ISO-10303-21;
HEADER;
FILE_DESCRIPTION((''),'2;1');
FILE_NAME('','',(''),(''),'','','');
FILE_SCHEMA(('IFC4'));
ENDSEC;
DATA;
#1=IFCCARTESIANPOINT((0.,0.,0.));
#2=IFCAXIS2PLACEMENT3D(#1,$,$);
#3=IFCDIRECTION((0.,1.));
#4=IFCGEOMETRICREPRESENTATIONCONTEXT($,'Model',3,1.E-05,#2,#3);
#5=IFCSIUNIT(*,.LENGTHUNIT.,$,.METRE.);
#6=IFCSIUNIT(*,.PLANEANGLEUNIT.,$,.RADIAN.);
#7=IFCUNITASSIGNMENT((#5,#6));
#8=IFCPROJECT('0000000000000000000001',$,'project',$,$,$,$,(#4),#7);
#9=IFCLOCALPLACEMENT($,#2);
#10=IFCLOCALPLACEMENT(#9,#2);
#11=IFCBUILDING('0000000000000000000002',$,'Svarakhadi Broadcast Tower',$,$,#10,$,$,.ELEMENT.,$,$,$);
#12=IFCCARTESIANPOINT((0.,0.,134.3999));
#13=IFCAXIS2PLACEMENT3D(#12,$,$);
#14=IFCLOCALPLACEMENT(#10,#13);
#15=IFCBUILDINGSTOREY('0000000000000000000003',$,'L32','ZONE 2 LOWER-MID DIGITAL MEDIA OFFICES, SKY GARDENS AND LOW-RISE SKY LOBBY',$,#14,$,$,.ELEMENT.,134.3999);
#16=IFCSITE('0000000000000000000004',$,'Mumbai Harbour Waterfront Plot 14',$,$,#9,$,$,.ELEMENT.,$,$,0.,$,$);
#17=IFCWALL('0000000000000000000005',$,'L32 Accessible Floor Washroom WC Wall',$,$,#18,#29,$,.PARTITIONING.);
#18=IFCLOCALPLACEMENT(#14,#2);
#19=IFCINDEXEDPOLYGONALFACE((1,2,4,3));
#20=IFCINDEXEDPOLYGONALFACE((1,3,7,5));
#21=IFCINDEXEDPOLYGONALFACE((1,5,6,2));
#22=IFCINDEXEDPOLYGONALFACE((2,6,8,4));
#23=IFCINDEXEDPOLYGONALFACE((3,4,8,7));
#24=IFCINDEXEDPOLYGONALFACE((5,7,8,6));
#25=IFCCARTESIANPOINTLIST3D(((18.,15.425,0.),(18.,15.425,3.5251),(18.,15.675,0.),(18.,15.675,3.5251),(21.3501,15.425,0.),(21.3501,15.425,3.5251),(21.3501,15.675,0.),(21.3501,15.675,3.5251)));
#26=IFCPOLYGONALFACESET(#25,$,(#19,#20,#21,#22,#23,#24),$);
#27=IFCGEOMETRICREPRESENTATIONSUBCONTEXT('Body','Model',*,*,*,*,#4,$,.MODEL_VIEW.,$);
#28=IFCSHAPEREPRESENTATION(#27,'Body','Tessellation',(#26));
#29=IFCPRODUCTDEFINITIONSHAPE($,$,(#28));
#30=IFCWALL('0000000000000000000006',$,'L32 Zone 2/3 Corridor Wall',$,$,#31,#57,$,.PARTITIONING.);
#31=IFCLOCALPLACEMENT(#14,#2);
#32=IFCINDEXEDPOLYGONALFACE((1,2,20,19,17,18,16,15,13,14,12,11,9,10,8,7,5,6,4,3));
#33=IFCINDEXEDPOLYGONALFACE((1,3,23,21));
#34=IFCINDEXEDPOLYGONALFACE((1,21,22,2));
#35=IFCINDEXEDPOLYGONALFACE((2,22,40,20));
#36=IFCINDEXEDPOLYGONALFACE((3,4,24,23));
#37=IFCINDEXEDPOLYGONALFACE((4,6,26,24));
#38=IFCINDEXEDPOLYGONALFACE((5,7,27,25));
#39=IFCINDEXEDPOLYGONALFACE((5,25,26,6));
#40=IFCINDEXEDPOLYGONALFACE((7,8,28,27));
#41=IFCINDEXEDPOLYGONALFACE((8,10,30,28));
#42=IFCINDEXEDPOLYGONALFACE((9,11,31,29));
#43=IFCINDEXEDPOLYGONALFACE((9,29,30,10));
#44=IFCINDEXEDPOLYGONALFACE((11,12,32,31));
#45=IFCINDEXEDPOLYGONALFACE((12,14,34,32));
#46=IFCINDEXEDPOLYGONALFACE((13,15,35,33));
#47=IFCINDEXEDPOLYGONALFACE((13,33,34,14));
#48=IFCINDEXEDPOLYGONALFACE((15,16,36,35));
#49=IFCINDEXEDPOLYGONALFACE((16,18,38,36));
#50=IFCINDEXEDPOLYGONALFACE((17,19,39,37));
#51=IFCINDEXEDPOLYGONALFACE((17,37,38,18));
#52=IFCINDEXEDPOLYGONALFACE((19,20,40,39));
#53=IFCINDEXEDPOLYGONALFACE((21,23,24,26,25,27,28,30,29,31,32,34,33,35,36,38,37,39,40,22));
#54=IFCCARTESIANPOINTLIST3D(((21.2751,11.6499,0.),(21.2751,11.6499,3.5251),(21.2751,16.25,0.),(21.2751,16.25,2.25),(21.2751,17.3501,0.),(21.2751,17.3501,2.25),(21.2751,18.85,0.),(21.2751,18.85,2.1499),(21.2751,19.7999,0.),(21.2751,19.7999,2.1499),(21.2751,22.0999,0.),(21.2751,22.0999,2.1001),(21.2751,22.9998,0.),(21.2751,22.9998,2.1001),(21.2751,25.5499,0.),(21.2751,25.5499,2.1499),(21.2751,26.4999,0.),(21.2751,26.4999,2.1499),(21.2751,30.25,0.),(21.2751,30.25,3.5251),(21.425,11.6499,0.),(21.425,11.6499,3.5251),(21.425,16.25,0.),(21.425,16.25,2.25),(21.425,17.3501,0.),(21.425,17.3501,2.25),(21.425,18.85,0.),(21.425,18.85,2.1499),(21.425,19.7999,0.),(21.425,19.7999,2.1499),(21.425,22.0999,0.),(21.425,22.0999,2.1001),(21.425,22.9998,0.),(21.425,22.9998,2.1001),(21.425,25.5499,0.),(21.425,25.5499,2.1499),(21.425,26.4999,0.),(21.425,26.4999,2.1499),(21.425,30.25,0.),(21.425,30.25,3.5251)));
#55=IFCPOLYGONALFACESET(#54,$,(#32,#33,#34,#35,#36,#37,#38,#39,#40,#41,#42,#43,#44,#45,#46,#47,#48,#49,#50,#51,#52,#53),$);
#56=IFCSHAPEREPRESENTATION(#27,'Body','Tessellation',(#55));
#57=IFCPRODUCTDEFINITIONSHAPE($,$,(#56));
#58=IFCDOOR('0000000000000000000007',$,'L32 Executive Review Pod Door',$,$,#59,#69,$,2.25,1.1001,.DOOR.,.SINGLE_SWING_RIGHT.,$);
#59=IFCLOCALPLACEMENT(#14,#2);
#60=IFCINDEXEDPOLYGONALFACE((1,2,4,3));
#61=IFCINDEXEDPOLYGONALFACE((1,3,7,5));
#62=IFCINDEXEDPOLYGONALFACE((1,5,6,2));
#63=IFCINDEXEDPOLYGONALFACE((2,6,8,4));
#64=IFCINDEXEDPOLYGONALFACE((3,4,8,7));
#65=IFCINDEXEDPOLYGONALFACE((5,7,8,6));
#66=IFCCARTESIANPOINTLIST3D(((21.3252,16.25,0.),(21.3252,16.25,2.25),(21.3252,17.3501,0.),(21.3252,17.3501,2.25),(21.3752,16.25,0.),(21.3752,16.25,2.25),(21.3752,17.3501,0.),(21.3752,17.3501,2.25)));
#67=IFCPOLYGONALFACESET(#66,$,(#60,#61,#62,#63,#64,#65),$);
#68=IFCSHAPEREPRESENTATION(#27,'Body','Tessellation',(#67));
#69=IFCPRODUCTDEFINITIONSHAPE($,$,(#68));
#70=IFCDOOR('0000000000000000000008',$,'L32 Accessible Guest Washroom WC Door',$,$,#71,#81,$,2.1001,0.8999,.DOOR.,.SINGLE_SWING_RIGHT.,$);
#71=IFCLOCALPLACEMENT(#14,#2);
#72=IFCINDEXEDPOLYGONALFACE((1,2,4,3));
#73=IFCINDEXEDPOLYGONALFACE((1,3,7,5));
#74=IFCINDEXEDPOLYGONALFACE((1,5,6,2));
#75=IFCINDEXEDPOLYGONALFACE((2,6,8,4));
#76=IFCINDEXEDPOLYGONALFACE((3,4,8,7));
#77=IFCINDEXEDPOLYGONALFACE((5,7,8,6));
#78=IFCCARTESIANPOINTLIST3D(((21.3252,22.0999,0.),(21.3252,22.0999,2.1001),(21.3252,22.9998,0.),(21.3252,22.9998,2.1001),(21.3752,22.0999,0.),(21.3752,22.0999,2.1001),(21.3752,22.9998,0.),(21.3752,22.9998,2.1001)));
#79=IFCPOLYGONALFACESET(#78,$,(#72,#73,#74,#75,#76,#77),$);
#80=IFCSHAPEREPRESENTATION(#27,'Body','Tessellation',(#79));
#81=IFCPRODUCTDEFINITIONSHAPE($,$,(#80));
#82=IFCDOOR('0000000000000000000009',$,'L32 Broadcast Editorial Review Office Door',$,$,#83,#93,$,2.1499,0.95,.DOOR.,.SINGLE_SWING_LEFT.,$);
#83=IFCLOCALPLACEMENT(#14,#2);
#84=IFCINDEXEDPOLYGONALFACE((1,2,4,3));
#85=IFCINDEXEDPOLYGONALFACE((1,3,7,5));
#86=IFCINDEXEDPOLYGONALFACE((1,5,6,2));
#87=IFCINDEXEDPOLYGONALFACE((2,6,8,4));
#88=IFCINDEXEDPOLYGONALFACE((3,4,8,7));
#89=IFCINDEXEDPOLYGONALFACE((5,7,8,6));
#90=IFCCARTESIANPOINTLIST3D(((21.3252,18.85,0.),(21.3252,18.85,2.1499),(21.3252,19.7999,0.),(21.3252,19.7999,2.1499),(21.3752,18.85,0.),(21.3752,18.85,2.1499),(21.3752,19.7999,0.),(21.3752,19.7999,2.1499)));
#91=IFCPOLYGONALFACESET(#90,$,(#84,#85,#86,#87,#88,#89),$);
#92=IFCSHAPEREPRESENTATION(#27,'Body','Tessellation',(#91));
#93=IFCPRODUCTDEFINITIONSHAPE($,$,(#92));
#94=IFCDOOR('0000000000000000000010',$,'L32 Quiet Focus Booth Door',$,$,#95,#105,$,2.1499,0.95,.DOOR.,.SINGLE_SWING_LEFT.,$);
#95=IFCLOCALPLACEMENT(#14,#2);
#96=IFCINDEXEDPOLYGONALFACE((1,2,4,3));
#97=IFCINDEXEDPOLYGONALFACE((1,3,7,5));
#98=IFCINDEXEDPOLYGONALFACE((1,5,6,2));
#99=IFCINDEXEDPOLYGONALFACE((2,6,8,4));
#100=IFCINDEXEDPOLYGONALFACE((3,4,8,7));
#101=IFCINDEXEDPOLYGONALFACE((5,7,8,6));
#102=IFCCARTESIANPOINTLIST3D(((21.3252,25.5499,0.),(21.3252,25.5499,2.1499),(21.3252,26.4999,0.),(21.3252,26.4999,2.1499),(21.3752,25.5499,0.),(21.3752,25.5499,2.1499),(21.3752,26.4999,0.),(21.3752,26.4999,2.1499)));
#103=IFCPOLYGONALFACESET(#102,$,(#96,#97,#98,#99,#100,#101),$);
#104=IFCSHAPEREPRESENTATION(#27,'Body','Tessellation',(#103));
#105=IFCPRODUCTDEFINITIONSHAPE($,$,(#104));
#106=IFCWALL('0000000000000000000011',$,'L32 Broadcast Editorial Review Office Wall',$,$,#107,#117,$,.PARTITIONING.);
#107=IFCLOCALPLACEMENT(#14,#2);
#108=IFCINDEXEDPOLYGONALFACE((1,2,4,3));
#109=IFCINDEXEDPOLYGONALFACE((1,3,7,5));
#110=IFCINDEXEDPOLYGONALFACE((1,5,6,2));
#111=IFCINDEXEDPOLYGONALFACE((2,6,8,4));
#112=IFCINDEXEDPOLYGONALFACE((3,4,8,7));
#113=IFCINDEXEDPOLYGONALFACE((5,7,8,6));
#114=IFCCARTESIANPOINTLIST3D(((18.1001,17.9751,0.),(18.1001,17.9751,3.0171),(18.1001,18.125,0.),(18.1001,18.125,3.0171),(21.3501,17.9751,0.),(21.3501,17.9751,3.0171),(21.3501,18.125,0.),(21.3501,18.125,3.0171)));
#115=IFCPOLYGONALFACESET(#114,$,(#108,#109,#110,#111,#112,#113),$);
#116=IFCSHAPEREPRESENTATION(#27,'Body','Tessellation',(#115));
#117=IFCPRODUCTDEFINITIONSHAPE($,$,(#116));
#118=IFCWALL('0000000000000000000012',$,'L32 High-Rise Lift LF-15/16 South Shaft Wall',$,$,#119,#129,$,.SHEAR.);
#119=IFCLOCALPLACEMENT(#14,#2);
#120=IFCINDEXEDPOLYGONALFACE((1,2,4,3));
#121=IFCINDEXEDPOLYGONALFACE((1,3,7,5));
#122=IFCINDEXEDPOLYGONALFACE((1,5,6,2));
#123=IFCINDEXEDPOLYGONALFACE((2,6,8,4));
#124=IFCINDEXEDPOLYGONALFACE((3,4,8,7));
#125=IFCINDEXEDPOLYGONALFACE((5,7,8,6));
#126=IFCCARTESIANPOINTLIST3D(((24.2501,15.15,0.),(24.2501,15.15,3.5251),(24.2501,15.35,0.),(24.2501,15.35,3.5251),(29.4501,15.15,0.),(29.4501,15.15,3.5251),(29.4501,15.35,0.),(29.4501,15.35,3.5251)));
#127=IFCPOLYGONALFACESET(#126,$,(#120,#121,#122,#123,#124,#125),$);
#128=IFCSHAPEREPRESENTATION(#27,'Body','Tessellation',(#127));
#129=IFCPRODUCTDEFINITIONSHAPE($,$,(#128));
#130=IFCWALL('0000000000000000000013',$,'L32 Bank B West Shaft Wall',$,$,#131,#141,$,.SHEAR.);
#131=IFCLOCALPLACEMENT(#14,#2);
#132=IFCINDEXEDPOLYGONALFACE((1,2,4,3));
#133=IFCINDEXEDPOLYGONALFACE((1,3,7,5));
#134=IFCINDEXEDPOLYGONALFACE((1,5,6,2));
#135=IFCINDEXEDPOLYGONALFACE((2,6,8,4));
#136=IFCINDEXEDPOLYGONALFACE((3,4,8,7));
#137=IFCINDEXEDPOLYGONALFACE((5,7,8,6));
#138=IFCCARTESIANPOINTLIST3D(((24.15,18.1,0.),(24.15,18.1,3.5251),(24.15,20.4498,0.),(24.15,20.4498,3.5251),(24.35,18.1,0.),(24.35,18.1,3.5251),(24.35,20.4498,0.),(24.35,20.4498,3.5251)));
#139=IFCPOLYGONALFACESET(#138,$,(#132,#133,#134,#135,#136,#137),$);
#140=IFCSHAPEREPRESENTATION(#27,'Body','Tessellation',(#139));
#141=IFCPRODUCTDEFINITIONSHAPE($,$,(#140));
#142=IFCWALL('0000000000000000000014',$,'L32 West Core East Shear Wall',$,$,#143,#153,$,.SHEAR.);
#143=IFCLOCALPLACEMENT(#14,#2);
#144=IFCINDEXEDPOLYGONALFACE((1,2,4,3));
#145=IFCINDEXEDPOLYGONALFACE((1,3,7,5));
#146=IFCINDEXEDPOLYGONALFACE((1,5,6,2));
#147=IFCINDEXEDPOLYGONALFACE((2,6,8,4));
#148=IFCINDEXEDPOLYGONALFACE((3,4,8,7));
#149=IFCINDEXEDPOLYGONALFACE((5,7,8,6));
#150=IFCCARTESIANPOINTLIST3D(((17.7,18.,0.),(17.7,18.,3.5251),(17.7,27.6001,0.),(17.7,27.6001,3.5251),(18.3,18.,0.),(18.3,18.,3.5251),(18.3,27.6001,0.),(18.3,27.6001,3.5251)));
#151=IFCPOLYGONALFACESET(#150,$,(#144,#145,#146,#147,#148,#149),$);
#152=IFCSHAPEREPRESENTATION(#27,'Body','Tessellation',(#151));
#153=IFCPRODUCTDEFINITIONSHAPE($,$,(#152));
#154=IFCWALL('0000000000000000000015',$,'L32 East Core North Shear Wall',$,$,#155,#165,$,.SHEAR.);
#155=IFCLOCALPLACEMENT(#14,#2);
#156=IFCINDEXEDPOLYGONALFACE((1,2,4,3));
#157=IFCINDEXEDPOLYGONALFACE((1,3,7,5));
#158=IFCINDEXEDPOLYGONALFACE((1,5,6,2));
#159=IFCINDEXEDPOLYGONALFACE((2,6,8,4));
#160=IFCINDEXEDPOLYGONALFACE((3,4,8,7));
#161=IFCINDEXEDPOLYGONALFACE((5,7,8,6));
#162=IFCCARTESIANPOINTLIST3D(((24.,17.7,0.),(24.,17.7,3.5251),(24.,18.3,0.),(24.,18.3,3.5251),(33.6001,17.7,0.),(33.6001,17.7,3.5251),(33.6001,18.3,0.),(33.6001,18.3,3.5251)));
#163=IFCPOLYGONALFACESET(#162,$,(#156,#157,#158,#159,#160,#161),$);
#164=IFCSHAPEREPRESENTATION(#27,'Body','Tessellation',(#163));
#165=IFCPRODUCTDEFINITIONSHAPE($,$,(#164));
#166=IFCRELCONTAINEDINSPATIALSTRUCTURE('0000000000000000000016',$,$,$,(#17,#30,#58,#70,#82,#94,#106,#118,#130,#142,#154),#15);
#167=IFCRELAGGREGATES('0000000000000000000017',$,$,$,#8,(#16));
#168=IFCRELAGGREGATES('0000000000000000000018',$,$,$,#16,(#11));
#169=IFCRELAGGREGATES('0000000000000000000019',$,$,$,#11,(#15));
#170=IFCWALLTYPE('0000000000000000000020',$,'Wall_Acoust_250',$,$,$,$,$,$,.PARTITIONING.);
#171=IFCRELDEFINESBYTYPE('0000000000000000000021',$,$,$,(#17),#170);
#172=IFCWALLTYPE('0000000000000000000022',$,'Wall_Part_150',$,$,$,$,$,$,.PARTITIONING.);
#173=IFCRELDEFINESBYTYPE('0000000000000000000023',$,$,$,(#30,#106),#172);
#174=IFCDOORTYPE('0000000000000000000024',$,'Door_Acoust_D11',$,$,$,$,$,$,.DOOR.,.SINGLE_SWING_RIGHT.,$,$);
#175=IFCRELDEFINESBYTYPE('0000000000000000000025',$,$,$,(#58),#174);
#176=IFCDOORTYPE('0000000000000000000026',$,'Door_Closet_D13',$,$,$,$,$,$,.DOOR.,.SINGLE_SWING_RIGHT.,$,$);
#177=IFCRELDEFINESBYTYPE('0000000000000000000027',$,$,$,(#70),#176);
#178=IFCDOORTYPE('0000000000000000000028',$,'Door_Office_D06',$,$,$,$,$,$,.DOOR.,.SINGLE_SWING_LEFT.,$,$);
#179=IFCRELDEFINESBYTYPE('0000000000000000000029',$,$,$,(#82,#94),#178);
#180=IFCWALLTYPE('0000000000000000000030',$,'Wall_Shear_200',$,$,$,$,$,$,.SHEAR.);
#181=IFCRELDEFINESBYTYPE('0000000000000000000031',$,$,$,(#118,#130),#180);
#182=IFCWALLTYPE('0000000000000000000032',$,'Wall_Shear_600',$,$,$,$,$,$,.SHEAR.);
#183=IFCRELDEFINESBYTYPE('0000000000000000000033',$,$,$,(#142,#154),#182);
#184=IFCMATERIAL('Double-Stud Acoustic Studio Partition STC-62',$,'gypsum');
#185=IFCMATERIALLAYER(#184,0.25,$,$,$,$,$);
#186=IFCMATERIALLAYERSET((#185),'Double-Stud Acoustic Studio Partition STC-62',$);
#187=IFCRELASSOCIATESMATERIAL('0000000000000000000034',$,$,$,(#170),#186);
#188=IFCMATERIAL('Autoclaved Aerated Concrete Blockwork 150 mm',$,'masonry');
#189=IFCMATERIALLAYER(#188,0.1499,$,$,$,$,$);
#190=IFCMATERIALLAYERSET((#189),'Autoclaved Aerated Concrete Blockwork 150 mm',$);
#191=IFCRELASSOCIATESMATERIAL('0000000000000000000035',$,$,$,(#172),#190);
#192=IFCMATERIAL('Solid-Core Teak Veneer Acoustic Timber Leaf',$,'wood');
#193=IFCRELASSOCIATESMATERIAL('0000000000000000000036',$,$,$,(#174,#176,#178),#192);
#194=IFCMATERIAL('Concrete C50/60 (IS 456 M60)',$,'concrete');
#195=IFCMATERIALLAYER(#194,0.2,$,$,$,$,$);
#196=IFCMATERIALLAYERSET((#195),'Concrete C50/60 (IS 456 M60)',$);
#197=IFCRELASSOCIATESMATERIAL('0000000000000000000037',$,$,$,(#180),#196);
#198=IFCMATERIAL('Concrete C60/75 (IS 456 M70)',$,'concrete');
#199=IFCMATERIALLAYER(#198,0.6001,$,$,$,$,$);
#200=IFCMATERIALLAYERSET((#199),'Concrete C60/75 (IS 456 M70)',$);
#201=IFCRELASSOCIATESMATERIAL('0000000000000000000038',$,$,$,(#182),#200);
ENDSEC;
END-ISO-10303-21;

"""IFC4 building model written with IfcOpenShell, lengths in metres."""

from ifc_helpers import new_model, si_unit, direction, frame, frame_2d, origin, place, context, subcontext, project, spatial, rectangle, extrude, material, layer, layer_set, type_object, element, fill, save


model = new_model("IFC4")

# Units and contexts
model_context = context("Model", 3, precision=1e-05, world=origin(), true_north=direction((0.0, 1.0)))
body_context = subcontext(model_context, "Body", "Model", "MODEL_VIEW")
ifc_project = project(units=[si_unit("LENGTHUNIT", "METRE"), si_unit("PLANEANGLEUNIT", "RADIAN")], contexts=[model_context])

# Site, building, storey
site_placement = place(None, origin())
site = spatial("IfcSite", under=ifc_project, at=site_placement, Name="Mumbai Harbour Waterfront Plot 14", CompositionType="ELEMENT", RefElevation=0.0)
building_placement = place(site_placement, origin())
building = spatial("IfcBuilding", under=site, at=building_placement, Name="Svarakhadi Broadcast Tower", CompositionType="ELEMENT")
storey_placement = place(building_placement, frame((0.0, 0.0, 134.3999)))
storey = spatial("IfcBuildingStorey", under=building, at=storey_placement, Name="L32", Description="ZONE 2 LOWER-MID DIGITAL MEDIA OFFICES, SKY GARDENS AND LOW-RISE SKY LOBBY", CompositionType="ELEMENT", Elevation=134.3999)

# Shared definitions
ifc_material_1 = material(Name="Concrete C50/60 (IS 456 M60)", Category="concrete")

# Wall
ifc_material_2 = material(Name="Double-Stud Acoustic Studio Partition STC-62", Category="gypsum")
ifc_layer_1 = layer(ifc_material_2, 0.25)
ifc_layer_set_1 = layer_set([ifc_layer_1], Name="Double-Stud Acoustic Studio Partition STC-62")
wall_type_1 = type_object("IfcWallType", Name="Wall_Acoust_250", PredefinedType="PARTITIONING", material=ifc_layer_set_1)
wall_1_placement = place(storey_placement, frame((18.0, 15.55, 0.0), z_axis=(0.0, 0.0, 1.0), x_axis=(1.0, 0.0, 0.0)))
element("IfcWall", 1, at=wall_1_placement, inside=storey, type_object=wall_type_1, Name="L32 Accessible Floor Washroom WC Wall", PredefinedType="PARTITIONING", context=body_context, shape_type="SweptSolid", body=[
    extrude(rectangle(XDim=3.3501, YDim=0.25, at=frame_2d((1.675, 0.0))), origin(), (0.0, 0.0, 1.0), 3.5251),
])

# Wall, openings, doors
ifc_material_3 = material(Name="Autoclaved Aerated Concrete Blockwork 150 mm", Category="masonry")
ifc_layer_2 = layer(ifc_material_3, 0.1499)
ifc_layer_set_2 = layer_set([ifc_layer_2], Name="Autoclaved Aerated Concrete Blockwork 150 mm")
wall_type_2 = type_object("IfcWallType", Name="Wall_Part_150", PredefinedType="PARTITIONING", material=ifc_layer_set_2)
wall_2_placement = place(storey_placement, frame((21.3501, 11.6499, 0.0), z_axis=(0.0, 0.0, 1.0), x_axis=(0.0, 1.0, 0.0)))
wall_2 = element("IfcWall", 2, at=wall_2_placement, inside=storey, type_object=wall_type_2, Name="L32 Zone 2/3 Corridor Wall", PredefinedType="PARTITIONING", context=body_context, shape_type="SweptSolid", body=[
    extrude(rectangle(XDim=18.6001, YDim=0.1499, at=frame_2d((9.3, 0.0))), origin(), (0.0, 0.0, 1.0), 3.5251),
])
opening_1_placement = place(wall_2_placement, frame((7.2, 0.0, 0.0)))
opening_1 = element("IfcOpeningElement", 3, at=opening_1_placement, cuts=wall_2, PredefinedType="OPENING", context=body_context, shape_type="SweptSolid", body=[
    extrude(rectangle(XDim=0.95, YDim=2.1499, at=frame_2d((0.4751, 1.075))), frame((0.0, 0.085, 0.0), z_axis=(0.0, -1.0, 0.0), x_axis=(1.0, 0.0, 0.0)), (0.0, 0.0, 1.0), 0.1699),
])
opening_2_placement = place(wall_2_placement, frame((10.45, 0.0, 0.0)))
opening_2 = element("IfcOpeningElement", 4, at=opening_2_placement, cuts=wall_2, PredefinedType="OPENING", context=body_context, shape_type="SweptSolid", body=[
    extrude(rectangle(XDim=0.8999, YDim=2.1001, at=frame_2d((0.45, 1.05))), frame((0.0, 0.085, 0.0), z_axis=(0.0, -1.0, 0.0), x_axis=(1.0, 0.0, 0.0)), (0.0, 0.0, 1.0), 0.1699),
])
opening_3_placement = place(wall_2_placement, frame((13.8999, 0.0, 0.0)))
opening_3 = element("IfcOpeningElement", 5, at=opening_3_placement, cuts=wall_2, PredefinedType="OPENING", context=body_context, shape_type="SweptSolid", body=[
    extrude(rectangle(XDim=0.95, YDim=2.1499, at=frame_2d((0.4751, 1.075))), frame((0.0, 0.085, 0.0), z_axis=(0.0, -1.0, 0.0), x_axis=(1.0, 0.0, 0.0)), (0.0, 0.0, 1.0), 0.1699),
])
opening_4_placement = place(wall_2_placement, frame((4.6001, 0.0, 0.0)))
opening_4 = element("IfcOpeningElement", 6, at=opening_4_placement, cuts=wall_2, PredefinedType="OPENING", context=body_context, shape_type="SweptSolid", body=[
    extrude(rectangle(XDim=1.1001, YDim=2.25, at=frame_2d((0.55, 1.125))), frame((0.0, 0.085, 0.0), z_axis=(0.0, -1.0, 0.0), x_axis=(1.0, 0.0, 0.0)), (0.0, 0.0, 1.0), 0.1699),
])
ifc_material_4 = material(Name="Solid-Core Teak Veneer Acoustic Timber Leaf", Category="wood")
door_type_1 = type_object("IfcDoorType", Name="Door_Acoust_D11", OperationType="SINGLE_SWING_RIGHT", PredefinedType="DOOR", material=ifc_material_4)
door_1_placement = place(opening_4_placement, origin())
door_1 = element("IfcDoor", 7, at=door_1_placement, inside=storey, type_object=door_type_1, Name="L32 Executive Review Pod Door", OperationType="SINGLE_SWING_RIGHT", OverallHeight=2.25, OverallWidth=1.1001, PredefinedType="DOOR", context=body_context, shape_type="SweptSolid", body=[
    extrude(rectangle(XDim=1.1001, YDim=2.25, at=frame_2d((0.55, 1.125))), frame((0.0, 0.0249, 0.0), z_axis=(0.0, -1.0, 0.0), x_axis=(1.0, 0.0, 0.0)), (0.0, 0.0, 1.0), 0.05),
])
fill(opening_4, door_1)
door_type_2 = type_object("IfcDoorType", Name="Door_Closet_D13", OperationType="SINGLE_SWING_RIGHT", PredefinedType="DOOR", material=ifc_material_4)
door_2_placement = place(opening_2_placement, origin())
door_2 = element("IfcDoor", 8, at=door_2_placement, inside=storey, type_object=door_type_2, Name="L32 Accessible Guest Washroom WC Door", OperationType="SINGLE_SWING_RIGHT", OverallHeight=2.1001, OverallWidth=0.8999, PredefinedType="DOOR", context=body_context, shape_type="SweptSolid", body=[
    extrude(rectangle(XDim=0.8999, YDim=2.1001, at=frame_2d((0.45, 1.05))), frame((0.0, 0.0249, 0.0), z_axis=(0.0, -1.0, 0.0), x_axis=(1.0, 0.0, 0.0)), (0.0, 0.0, 1.0), 0.05),
])
fill(opening_2, door_2)
door_type_3 = type_object("IfcDoorType", Name="Door_Office_D06", OperationType="SINGLE_SWING_LEFT", PredefinedType="DOOR", material=ifc_material_4)
door_3_placement = place(opening_1_placement, origin())
door_3 = element("IfcDoor", 9, at=door_3_placement, inside=storey, type_object=door_type_3, Name="L32 Broadcast Editorial Review Office Door", OperationType="SINGLE_SWING_LEFT", OverallHeight=2.1499, OverallWidth=0.95, PredefinedType="DOOR", context=body_context, shape_type="SweptSolid", body=[
    extrude(rectangle(XDim=0.95, YDim=2.1499, at=frame_2d((0.4751, 1.075))), frame((0.0, 0.0249, 0.0), z_axis=(0.0, -1.0, 0.0), x_axis=(1.0, 0.0, 0.0)), (0.0, 0.0, 1.0), 0.05),
])
fill(opening_1, door_3)
door_4_placement = place(opening_3_placement, origin())
door_4 = element("IfcDoor", 10, at=door_4_placement, inside=storey, type_object=door_type_3, Name="L32 Quiet Focus Booth Door", OperationType="SINGLE_SWING_LEFT", OverallHeight=2.1499, OverallWidth=0.95, PredefinedType="DOOR", context=body_context, shape_type="SweptSolid", body=[
    extrude(rectangle(XDim=0.95, YDim=2.1499, at=frame_2d((0.4751, 1.075))), frame((0.0, 0.0249, 0.0), z_axis=(0.0, -1.0, 0.0), x_axis=(1.0, 0.0, 0.0)), (0.0, 0.0, 1.0), 0.05),
])
fill(opening_3, door_4)

# Wall
wall_3_placement = place(storey_placement, frame((18.1001, 18.05, 0.0), z_axis=(0.0, 0.0, 1.0), x_axis=(1.0, 0.0, 0.0)))
element("IfcWall", 11, at=wall_3_placement, inside=storey, type_object=wall_type_2, Name="L32 Broadcast Editorial Review Office Wall", PredefinedType="PARTITIONING", context=body_context, shape_type="SweptSolid", body=[
    extrude(rectangle(XDim=3.25, YDim=0.1499, at=frame_2d((1.625, 0.0))), origin(), (0.0, 0.0, 1.0), 3.0171),
])

# Shared definitions
ifc_layer_3 = layer(ifc_material_1, 0.2)
ifc_layer_set_3 = layer_set([ifc_layer_3], Name="Concrete C50/60 (IS 456 M60)")
wall_type_3 = type_object("IfcWallType", Name="Wall_Shear_200", PredefinedType="SHEAR", material=ifc_layer_set_3)

# Walls
wall_4_placement = place(storey_placement, frame((24.25, 15.25, 0.0), z_axis=(0.0, 0.0, 1.0), x_axis=(1.0, 0.0, 0.0)))
element("IfcWall", 12, at=wall_4_placement, inside=storey, type_object=wall_type_3, Name="L32 High-Rise Lift LF-15/16 South Shaft Wall", PredefinedType="SHEAR", context=body_context, shape_type="SweptSolid", body=[
    extrude(rectangle(XDim=5.2, YDim=0.2, at=frame_2d((2.6001, 0.0))), origin(), (0.0, 0.0, 1.0), 3.5251),
])
wall_5_placement = place(storey_placement, frame((24.25, 18.1001, 0.0), z_axis=(0.0, 0.0, 1.0), x_axis=(0.0, 1.0, 0.0)))
element("IfcWall", 13, at=wall_5_placement, inside=storey, type_object=wall_type_3, Name="L32 Bank B West Shaft Wall", PredefinedType="SHEAR", context=body_context, shape_type="SweptSolid", body=[
    extrude(rectangle(XDim=2.3499, YDim=0.2, at=frame_2d((1.1748, 0.0))), origin(), (0.0, 0.0, 1.0), 3.5251),
])

# Walls
ifc_material_5 = material(Name="Concrete C60/75 (IS 456 M70)", Category="concrete")
ifc_layer_4 = layer(ifc_material_5, 0.6001)
ifc_layer_set_4 = layer_set([ifc_layer_4], Name="Concrete C60/75 (IS 456 M70)")
wall_type_4 = type_object("IfcWallType", Name="Wall_Shear_600", PredefinedType="SHEAR", material=ifc_layer_set_4)
for number, where, z_axis, x_axis, name in (
    (14, (18.0, 18.0, 0.0), (0.0, 0.0, 1.0), (0.0, 1.0, 0.0), "L32 West Core East Shear Wall"),
    (15, (24.0, 18.0, 0.0), (0.0, 0.0, 1.0), (1.0, 0.0, 0.0), "L32 East Core North Shear Wall"),
):
    element("IfcWall", number, at=place(storey_placement, frame(where, z_axis=z_axis, x_axis=x_axis)), inside=storey, type_object=wall_type_4, Name=name, PredefinedType="SHEAR", context=body_context, shape_type="SweptSolid", body=[
        extrude(rectangle(XDim=9.6001, YDim=0.6001, at=frame_2d((4.8, 0.0))), origin(), (0.0, 0.0, 1.0), 3.5251),
    ])

save(model, "model.ifc")
